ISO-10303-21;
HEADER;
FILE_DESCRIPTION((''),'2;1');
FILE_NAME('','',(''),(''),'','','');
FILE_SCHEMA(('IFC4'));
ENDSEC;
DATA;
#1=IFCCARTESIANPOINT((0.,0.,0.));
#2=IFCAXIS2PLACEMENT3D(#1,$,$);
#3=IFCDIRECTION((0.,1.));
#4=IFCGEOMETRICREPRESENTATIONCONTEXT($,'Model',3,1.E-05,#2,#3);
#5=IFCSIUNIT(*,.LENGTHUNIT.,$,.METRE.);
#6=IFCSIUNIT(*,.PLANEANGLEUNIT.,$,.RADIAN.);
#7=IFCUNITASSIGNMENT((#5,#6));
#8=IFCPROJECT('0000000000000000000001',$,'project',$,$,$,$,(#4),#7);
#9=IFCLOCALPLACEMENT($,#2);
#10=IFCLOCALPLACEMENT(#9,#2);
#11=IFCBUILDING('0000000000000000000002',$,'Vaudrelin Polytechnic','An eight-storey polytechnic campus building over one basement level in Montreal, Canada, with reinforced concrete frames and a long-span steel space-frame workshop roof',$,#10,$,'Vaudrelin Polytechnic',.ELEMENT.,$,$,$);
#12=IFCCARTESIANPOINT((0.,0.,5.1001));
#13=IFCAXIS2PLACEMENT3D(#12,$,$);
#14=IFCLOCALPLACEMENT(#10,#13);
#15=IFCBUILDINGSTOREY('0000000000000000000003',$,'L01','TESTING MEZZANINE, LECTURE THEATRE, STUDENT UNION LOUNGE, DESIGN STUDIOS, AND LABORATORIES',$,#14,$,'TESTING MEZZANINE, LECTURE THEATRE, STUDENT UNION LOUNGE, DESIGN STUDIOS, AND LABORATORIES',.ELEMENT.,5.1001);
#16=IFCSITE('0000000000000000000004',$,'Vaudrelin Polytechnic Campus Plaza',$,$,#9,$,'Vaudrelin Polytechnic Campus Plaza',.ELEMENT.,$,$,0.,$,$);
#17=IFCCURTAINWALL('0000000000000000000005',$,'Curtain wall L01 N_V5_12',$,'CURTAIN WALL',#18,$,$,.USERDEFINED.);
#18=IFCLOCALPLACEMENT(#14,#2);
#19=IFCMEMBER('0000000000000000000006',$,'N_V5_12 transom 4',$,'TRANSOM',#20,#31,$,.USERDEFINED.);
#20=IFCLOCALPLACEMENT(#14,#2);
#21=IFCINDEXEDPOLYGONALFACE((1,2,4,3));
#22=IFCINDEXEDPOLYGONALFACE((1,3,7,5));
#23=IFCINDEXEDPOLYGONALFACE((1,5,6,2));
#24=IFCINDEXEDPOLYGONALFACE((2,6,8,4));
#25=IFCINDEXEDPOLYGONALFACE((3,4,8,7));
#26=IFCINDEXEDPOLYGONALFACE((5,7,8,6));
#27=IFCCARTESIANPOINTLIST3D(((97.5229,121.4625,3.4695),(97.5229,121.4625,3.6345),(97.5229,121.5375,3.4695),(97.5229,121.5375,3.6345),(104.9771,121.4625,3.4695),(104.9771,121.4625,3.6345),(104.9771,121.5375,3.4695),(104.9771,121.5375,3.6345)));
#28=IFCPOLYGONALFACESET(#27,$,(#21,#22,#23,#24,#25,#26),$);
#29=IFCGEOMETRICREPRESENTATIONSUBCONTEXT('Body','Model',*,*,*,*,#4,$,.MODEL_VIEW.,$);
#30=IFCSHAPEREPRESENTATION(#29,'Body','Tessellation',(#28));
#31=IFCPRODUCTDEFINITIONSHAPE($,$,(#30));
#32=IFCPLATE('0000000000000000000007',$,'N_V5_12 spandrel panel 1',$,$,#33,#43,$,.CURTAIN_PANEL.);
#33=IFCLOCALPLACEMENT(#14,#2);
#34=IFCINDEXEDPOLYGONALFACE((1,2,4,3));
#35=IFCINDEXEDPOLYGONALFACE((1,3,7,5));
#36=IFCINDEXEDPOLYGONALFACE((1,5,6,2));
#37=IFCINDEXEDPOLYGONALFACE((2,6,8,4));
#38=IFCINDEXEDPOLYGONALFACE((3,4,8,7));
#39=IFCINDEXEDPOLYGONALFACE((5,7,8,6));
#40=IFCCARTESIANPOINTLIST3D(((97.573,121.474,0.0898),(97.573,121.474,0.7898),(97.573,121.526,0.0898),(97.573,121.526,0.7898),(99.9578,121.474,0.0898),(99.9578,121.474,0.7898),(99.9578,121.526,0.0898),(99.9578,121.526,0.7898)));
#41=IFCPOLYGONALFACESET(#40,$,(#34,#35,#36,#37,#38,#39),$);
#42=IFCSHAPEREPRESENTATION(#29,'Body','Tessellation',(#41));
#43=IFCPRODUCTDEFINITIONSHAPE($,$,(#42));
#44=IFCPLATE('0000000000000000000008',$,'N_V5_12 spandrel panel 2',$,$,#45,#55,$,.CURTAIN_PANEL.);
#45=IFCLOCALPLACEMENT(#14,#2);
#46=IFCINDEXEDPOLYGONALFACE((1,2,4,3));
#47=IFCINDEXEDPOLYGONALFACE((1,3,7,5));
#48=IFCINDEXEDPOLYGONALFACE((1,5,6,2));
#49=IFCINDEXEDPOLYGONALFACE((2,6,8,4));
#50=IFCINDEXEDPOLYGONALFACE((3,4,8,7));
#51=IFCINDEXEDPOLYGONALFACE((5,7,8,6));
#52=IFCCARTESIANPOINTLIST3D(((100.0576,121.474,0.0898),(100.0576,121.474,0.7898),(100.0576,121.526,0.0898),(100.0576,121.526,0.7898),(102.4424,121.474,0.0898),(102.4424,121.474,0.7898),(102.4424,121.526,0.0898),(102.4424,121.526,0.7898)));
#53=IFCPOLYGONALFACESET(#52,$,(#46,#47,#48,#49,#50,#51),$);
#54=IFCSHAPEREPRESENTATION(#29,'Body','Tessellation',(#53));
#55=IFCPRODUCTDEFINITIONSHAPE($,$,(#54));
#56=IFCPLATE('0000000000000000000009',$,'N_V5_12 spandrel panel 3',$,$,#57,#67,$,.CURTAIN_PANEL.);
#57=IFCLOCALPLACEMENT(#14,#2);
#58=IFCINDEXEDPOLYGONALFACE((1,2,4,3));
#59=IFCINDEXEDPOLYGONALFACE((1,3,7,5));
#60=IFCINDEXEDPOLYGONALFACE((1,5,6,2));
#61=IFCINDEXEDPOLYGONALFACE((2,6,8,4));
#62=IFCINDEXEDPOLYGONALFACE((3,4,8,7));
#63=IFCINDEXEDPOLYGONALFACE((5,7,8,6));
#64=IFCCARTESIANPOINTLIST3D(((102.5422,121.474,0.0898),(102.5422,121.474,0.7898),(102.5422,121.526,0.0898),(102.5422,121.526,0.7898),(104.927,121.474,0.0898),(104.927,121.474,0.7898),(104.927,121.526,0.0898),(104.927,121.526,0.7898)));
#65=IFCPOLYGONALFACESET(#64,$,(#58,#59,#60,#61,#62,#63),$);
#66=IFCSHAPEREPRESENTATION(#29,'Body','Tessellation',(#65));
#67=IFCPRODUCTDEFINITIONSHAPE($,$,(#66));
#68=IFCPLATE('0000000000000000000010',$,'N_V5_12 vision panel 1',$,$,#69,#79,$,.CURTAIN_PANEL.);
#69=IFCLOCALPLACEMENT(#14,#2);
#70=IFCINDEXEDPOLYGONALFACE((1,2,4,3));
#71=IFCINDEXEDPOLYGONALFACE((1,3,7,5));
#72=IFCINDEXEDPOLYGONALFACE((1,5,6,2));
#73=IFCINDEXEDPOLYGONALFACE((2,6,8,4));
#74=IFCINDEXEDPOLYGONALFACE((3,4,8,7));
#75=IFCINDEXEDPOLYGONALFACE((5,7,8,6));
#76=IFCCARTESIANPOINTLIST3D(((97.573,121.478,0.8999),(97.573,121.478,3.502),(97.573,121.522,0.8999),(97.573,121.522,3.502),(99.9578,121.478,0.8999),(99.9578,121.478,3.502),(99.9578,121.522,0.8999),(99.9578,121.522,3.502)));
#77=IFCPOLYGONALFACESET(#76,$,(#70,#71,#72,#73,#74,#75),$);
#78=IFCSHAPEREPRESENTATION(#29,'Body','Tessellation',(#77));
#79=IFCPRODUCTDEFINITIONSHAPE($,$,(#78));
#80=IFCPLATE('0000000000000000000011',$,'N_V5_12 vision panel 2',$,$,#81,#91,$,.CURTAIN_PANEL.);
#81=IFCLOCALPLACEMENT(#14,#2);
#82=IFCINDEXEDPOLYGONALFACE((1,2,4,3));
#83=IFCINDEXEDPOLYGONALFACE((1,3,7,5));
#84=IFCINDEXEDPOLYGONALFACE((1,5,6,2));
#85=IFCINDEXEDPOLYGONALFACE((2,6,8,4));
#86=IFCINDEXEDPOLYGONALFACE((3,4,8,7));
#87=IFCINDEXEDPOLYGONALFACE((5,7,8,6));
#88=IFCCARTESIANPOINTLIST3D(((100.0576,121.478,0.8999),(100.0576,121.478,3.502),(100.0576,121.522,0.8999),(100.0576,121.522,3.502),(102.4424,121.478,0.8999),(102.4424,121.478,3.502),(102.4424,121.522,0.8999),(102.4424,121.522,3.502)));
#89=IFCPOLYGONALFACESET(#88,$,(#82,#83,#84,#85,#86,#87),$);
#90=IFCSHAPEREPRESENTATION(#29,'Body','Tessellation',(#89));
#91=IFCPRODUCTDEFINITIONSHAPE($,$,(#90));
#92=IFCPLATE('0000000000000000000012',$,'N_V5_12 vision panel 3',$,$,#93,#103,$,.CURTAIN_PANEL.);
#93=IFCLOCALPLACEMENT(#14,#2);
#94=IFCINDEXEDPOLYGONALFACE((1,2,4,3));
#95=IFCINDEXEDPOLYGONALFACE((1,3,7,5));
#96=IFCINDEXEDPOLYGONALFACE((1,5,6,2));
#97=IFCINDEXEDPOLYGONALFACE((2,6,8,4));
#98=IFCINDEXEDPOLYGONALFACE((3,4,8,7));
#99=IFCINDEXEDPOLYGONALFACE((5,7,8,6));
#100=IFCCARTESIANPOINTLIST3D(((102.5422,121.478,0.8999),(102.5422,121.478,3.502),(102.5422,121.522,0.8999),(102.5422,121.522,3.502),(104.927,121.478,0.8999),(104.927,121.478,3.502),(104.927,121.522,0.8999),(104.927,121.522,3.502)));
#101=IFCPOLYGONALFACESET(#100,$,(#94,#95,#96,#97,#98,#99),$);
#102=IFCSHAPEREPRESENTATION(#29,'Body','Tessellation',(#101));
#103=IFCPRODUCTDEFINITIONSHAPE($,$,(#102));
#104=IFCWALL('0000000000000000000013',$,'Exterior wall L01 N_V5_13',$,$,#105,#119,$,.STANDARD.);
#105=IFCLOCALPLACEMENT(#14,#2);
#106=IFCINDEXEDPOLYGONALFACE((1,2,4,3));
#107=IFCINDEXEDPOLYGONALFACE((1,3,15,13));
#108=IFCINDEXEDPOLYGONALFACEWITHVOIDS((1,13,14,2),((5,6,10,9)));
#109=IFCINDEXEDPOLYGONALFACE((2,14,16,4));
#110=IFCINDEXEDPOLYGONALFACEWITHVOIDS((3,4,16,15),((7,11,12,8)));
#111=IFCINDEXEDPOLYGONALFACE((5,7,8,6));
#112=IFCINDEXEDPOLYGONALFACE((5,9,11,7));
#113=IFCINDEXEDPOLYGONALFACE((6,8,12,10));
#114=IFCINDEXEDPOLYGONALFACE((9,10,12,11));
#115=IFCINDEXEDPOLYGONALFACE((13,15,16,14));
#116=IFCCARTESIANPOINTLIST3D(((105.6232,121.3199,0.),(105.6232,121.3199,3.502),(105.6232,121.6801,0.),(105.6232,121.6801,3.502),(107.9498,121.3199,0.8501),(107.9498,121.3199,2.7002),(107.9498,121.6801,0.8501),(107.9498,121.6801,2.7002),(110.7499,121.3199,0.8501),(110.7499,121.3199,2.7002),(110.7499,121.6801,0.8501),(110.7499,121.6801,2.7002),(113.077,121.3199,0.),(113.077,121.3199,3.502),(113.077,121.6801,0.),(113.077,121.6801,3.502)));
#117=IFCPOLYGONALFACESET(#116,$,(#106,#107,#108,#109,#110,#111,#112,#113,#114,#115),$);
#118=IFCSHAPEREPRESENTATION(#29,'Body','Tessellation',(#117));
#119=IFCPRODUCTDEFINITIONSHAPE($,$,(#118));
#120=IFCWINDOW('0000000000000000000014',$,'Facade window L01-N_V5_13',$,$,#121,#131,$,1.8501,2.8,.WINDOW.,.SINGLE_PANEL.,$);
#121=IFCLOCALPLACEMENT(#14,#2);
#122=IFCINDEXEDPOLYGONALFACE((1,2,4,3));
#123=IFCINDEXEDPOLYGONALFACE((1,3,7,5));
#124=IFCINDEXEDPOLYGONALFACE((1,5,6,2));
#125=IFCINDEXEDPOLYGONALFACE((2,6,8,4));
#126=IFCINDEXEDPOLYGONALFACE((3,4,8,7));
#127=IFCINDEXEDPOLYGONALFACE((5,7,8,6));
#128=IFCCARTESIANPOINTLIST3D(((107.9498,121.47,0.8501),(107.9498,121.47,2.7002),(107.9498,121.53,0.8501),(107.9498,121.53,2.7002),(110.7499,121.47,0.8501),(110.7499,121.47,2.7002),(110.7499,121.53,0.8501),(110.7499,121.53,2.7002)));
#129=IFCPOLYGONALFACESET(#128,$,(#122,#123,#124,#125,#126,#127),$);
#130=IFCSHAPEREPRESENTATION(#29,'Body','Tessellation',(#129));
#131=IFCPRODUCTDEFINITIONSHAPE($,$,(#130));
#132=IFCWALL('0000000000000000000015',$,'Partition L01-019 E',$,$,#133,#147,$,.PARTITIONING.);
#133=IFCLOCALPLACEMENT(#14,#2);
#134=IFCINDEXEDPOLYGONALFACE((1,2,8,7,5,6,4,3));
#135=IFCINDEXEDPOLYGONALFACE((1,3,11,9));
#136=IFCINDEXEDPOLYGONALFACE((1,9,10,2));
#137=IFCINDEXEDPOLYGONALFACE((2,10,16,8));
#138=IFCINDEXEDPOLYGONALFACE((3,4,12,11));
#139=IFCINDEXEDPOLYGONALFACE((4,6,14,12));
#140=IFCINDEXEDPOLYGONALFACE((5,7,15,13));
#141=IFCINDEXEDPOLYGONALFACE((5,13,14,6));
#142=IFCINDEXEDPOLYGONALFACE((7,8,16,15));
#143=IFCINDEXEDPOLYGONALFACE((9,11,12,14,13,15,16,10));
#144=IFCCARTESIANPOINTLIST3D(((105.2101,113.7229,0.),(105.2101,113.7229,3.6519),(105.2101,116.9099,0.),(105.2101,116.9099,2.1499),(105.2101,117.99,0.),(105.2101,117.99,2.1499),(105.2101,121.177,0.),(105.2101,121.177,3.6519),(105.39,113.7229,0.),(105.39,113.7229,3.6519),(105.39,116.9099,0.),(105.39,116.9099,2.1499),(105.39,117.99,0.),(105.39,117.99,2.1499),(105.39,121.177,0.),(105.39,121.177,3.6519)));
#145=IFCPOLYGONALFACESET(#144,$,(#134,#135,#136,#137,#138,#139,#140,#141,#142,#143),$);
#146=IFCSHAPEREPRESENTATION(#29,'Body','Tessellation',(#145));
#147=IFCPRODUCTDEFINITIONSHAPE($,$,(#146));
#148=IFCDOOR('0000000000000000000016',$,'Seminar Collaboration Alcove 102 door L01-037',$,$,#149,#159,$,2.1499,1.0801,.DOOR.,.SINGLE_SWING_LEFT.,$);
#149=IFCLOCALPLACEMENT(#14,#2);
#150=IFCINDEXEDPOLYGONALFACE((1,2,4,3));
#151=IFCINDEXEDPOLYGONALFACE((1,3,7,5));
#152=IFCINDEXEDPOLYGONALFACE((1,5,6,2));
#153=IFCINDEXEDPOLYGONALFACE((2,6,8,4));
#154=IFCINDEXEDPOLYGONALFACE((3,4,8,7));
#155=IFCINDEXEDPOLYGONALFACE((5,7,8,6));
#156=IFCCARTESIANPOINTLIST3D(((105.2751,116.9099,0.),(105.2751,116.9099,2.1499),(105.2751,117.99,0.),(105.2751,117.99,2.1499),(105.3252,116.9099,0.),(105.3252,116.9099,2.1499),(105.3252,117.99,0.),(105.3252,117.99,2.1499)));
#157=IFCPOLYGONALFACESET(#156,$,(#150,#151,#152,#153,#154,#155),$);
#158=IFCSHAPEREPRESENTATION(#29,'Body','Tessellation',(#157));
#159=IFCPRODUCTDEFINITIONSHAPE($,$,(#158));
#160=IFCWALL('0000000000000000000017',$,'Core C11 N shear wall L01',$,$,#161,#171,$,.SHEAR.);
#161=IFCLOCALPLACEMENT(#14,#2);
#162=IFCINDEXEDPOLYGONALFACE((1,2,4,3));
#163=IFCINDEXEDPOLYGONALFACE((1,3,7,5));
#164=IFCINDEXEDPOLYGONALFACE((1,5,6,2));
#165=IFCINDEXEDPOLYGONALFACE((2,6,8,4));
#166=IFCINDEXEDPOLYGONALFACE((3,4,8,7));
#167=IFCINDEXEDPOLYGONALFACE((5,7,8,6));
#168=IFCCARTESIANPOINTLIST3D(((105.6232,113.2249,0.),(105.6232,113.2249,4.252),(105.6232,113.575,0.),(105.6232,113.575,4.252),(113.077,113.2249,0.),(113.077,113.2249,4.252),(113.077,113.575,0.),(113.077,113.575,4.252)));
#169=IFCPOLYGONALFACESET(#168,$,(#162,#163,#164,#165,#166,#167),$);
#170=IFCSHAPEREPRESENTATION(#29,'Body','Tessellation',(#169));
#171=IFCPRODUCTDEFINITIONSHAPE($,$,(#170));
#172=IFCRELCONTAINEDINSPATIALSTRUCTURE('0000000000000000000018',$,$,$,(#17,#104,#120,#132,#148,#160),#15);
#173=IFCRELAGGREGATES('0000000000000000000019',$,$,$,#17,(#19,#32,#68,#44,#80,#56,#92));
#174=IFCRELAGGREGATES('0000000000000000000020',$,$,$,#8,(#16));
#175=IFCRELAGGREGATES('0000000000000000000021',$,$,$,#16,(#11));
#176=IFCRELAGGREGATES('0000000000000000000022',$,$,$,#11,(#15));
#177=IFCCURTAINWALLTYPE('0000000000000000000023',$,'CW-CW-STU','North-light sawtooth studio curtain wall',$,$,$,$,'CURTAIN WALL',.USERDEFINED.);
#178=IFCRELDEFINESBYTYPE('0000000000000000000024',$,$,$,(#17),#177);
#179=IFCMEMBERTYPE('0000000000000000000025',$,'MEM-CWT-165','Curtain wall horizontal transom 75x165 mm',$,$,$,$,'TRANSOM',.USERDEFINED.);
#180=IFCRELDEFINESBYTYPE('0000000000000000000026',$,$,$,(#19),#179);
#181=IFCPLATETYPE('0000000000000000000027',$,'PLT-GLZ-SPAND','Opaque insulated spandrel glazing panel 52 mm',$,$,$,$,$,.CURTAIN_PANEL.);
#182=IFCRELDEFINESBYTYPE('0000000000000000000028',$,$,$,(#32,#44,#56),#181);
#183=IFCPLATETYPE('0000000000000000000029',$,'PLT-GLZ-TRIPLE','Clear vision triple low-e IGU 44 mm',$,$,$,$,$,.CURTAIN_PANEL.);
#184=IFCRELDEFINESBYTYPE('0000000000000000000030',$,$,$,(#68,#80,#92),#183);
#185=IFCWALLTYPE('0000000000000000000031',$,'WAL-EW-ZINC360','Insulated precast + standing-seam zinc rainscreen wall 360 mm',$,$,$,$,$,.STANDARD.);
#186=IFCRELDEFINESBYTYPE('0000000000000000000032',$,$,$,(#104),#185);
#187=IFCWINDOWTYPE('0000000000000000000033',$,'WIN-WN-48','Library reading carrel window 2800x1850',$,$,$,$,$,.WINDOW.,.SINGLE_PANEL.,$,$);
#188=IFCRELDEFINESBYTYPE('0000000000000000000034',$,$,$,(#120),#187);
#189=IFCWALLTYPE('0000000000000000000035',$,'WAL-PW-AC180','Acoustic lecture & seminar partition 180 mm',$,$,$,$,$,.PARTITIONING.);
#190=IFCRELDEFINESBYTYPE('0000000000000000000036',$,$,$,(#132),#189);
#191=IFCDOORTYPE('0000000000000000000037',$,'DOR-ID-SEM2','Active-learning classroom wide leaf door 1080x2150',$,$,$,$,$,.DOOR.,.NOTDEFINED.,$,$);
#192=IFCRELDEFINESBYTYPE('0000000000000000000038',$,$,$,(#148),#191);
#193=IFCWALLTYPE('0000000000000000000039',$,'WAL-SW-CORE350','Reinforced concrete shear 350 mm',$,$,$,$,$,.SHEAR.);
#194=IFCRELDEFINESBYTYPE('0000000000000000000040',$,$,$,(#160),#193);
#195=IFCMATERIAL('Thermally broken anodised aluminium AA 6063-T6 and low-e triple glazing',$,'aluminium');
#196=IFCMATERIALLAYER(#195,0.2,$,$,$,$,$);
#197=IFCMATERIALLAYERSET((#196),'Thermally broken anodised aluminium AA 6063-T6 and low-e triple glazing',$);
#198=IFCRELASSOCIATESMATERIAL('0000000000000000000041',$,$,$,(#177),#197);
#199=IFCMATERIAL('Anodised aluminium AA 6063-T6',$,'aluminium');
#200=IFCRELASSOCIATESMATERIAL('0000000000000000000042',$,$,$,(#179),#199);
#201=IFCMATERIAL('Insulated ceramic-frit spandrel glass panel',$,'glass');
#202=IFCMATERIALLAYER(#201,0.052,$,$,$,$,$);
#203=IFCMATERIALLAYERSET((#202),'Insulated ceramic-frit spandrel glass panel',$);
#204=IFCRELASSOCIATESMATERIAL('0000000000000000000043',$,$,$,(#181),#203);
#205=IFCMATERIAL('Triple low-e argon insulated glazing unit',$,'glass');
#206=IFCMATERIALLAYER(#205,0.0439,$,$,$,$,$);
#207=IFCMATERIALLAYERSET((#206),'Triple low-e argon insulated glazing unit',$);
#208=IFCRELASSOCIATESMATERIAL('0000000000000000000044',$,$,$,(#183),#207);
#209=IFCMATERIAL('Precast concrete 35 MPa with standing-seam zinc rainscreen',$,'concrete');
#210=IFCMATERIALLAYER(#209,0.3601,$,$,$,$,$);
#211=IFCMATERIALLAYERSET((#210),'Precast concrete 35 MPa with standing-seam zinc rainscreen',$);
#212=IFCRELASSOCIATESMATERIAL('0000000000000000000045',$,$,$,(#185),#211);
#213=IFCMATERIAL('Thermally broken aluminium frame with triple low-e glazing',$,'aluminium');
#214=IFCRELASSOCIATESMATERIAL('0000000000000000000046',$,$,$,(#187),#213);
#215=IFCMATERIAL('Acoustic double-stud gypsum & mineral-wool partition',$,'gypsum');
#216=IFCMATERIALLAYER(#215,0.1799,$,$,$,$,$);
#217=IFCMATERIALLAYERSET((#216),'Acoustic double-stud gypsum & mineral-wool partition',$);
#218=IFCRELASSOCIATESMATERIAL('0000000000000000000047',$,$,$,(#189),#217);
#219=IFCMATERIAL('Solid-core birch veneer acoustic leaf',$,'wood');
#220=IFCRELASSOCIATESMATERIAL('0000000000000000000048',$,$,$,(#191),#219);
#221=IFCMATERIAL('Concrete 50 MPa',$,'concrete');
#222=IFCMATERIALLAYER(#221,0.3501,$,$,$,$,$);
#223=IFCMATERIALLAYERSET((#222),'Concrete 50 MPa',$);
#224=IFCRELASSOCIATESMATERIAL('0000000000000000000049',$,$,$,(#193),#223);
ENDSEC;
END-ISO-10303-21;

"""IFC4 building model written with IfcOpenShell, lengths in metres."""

from ifc_helpers import new_model, si_unit, direction, frame, frame_2d, origin, origin_2d, place, context, subcontext, project, spatial, rectangle, extrude, material, layer, layer_set, material_profile, profile_set, type_object, element, fill, aggregate, save


model = new_model("IFC4")

# Units and contexts
model_context = context("Model", 3, precision=1e-05, world=origin(), true_north=direction((0.0, 1.0)))
body_context = subcontext(model_context, "Body", "Model", "MODEL_VIEW")
ifc_project = project(units=[si_unit("LENGTHUNIT", "METRE"), si_unit("PLANEANGLEUNIT", "RADIAN")], contexts=[model_context])

# Site, building, storey
site_placement = place(None, origin())
site = spatial("IfcSite", under=ifc_project, at=site_placement, Name="Vaudrelin Polytechnic Campus Plaza", LongName="Vaudrelin Polytechnic Campus Plaza", CompositionType="ELEMENT", RefElevation=0.0)
building_placement = place(site_placement, origin())
building = spatial("IfcBuilding", under=site, at=building_placement, Name="Vaudrelin Polytechnic", Description="An eight-storey polytechnic campus building over one basement level in Montreal, Canada, with reinforced concrete frames and a long-span steel space-frame workshop roof", LongName="Vaudrelin Polytechnic", CompositionType="ELEMENT")
storey_placement = place(building_placement, frame((0.0, 0.0, 5.1001)))
storey = spatial("IfcBuildingStorey", under=building, at=storey_placement, Name="L01", Description="TESTING MEZZANINE, LECTURE THEATRE, STUDENT UNION LOUNGE, DESIGN STUDIOS, AND LABORATORIES", LongName="TESTING MEZZANINE, LECTURE THEATRE, STUDENT UNION LOUNGE, DESIGN STUDIOS, AND LABORATORIES", CompositionType="ELEMENT", Elevation=5.1001)

# Shared definitions
ifc_material_1 = material(Name="Concrete 50 MPa", Category="concrete")

# Curtain wall, member, plates
ifc_material_2 = material(Name="Thermally broken anodised aluminium AA 6063-T6 and low-e triple glazing", Category="aluminium")
ifc_layer_1 = layer(ifc_material_2, 0.2)
ifc_layer_set_1 = layer_set([ifc_layer_1], Name="Thermally broken anodised aluminium AA 6063-T6 and low-e triple glazing")
curtain_wall_type = type_object("IfcCurtainWallType", Name="CW-CW-STU", Description="North-light sawtooth studio curtain wall", ElementType="CURTAIN WALL", PredefinedType="USERDEFINED", material=ifc_layer_set_1)
curtain_wall_placement = place(storey_placement, origin())
curtain_wall = element("IfcCurtainWall", 1, at=curtain_wall_placement, inside=storey, type_object=curtain_wall_type, Name="Curtain wall L01 N_V5_12", ObjectType="CURTAIN WALL", PredefinedType="USERDEFINED")
ifc_material_3 = material(Name="Anodised aluminium AA 6063-T6", Category="aluminium")
ifc_material_profile_1 = material_profile(ifc_material_3, rectangle(XDim=0.075, YDim=0.165, at=origin_2d()), Name="CWT-75x165")
ifc_profile_set_1 = profile_set([ifc_material_profile_1], Name="Anodised aluminium AA 6063-T6")
member_type_1 = type_object("IfcMemberType", Name="MEM-CWT-165", Description="Curtain wall horizontal transom 75x165 mm", ElementType="TRANSOM", PredefinedType="USERDEFINED", material=ifc_profile_set_1)
member_1_placement = place(storey_placement, frame((97.5229, 121.5, 3.552), z_axis=(1.0, 0.0, 0.0), x_axis=(0.0, 1.0, 0.0)))
member_1 = element("IfcMember", 2, at=member_1_placement, type_object=member_type_1, Name="N_V5_12 transom 4", ObjectType="TRANSOM", PredefinedType="USERDEFINED", context=body_context, shape_type="SweptSolid", body=[
    extrude(rectangle(XDim=0.075, YDim=0.165, at=origin_2d()), origin(), (0.0, 0.0, 1.0), 7.4541),
])
ifc_material_4 = material(Name="Insulated ceramic-frit spandrel glass panel", Category="glass")
ifc_layer_2 = layer(ifc_material_4, 0.052)
ifc_layer_set_2 = layer_set([ifc_layer_2], Name="Insulated ceramic-frit spandrel glass panel")
plate_type_1 = type_object("IfcPlateType", Name="PLT-GLZ-SPAND", Description="Opaque insulated spandrel glazing panel 52 mm", PredefinedType="CURTAIN_PANEL", material=ifc_layer_set_2)
plate_1_placement = place(storey_placement, frame((98.7654, 121.5, 0.0898), z_axis=(0.0, 0.0, 1.0), x_axis=(1.0, 0.0, 0.0)))
plate_1 = element("IfcPlate", 3, at=plate_1_placement, type_object=plate_type_1, Name="N_V5_12 spandrel panel 1", PredefinedType="CURTAIN_PANEL", context=body_context, shape_type="SweptSolid", body=[
    extrude(rectangle(XDim=2.3848, YDim=0.052, at=origin_2d()), origin(), (0.0, 0.0, 1.0), 0.7),
])
plate_2_placement = place(storey_placement, frame((101.25, 121.5, 0.0898), z_axis=(0.0, 0.0, 1.0), x_axis=(1.0, 0.0, 0.0)))
plate_2 = element("IfcPlate", 4, at=plate_2_placement, type_object=plate_type_1, Name="N_V5_12 spandrel panel 2", PredefinedType="CURTAIN_PANEL", context=body_context, shape_type="SweptSolid", body=[
    extrude(rectangle(XDim=2.3848, YDim=0.052, at=origin_2d()), origin(), (0.0, 0.0, 1.0), 0.7),
])
plate_3_placement = place(storey_placement, frame((103.7346, 121.5, 0.0898), z_axis=(0.0, 0.0, 1.0), x_axis=(1.0, 0.0, 0.0)))
plate_3 = element("IfcPlate", 5, at=plate_3_placement, type_object=plate_type_1, Name="N_V5_12 spandrel panel 3", PredefinedType="CURTAIN_PANEL", context=body_context, shape_type="SweptSolid", body=[
    extrude(rectangle(XDim=2.3848, YDim=0.052, at=origin_2d()), origin(), (0.0, 0.0, 1.0), 0.7),
])
ifc_material_5 = material(Name="Triple low-e argon insulated glazing unit", Category="glass")
ifc_layer_3 = layer(ifc_material_5, 0.0439)
ifc_layer_set_3 = layer_set([ifc_layer_3], Name="Triple low-e argon insulated glazing unit")
plate_type_2 = type_object("IfcPlateType", Name="PLT-GLZ-TRIPLE", Description="Clear vision triple low-e IGU 44 mm", PredefinedType="CURTAIN_PANEL", material=ifc_layer_set_3)
plate_4_placement = place(storey_placement, frame((98.7654, 121.5, 0.8999), z_axis=(0.0, 0.0, 1.0), x_axis=(1.0, 0.0, 0.0)))
plate_4 = element("IfcPlate", 6, at=plate_4_placement, type_object=plate_type_2, Name="N_V5_12 vision panel 1", PredefinedType="CURTAIN_PANEL", context=body_context, shape_type="SweptSolid", body=[
    extrude(rectangle(XDim=2.3848, YDim=0.0439, at=origin_2d()), origin(), (0.0, 0.0, 1.0), 2.6021),
])
plate_5_placement = place(storey_placement, frame((101.25, 121.5, 0.8999), z_axis=(0.0, 0.0, 1.0), x_axis=(1.0, 0.0, 0.0)))
plate_5 = element("IfcPlate", 7, at=plate_5_placement, type_object=plate_type_2, Name="N_V5_12 vision panel 2", PredefinedType="CURTAIN_PANEL", context=body_context, shape_type="SweptSolid", body=[
    extrude(rectangle(XDim=2.3848, YDim=0.0439, at=origin_2d()), origin(), (0.0, 0.0, 1.0), 2.6021),
])
plate_6_placement = place(storey_placement, frame((103.7346, 121.5, 0.8999), z_axis=(0.0, 0.0, 1.0), x_axis=(1.0, 0.0, 0.0)))
plate_6 = element("IfcPlate", 8, at=plate_6_placement, type_object=plate_type_2, Name="N_V5_12 vision panel 3", PredefinedType="CURTAIN_PANEL", context=body_context, shape_type="SweptSolid", body=[
    extrude(rectangle(XDim=2.3848, YDim=0.0439, at=origin_2d()), origin(), (0.0, 0.0, 1.0), 2.6021),
])
aggregate(curtain_wall, [member_1, plate_1, plate_4, plate_2, plate_5, plate_3, plate_6])

# Wall, opening, window
ifc_material_6 = material(Name="Precast concrete 35 MPa with standing-seam zinc rainscreen", Category="concrete")
ifc_layer_4 = layer(ifc_material_6, 0.3601)
ifc_layer_set_4 = layer_set([ifc_layer_4], Name="Precast concrete 35 MPa with standing-seam zinc rainscreen")
wall_type_1 = type_object("IfcWallType", Name="WAL-EW-ZINC360", Description="Insulated precast + standing-seam zinc rainscreen wall 360 mm", PredefinedType="STANDARD", material=ifc_layer_set_4)
wall_1_placement = place(storey_placement, frame((105.623, 121.5, 0.0), z_axis=(0.0, 0.0, 1.0), x_axis=(1.0, 0.0, 0.0)))
wall_1 = element("IfcWall", 9, at=wall_1_placement, inside=storey, type_object=wall_type_1, Name="Exterior wall L01 N_V5_13", PredefinedType="STANDARD", context=body_context, shape_type="SweptSolid", body=[
    extrude(rectangle(XDim=7.4539, YDim=0.3601, at=frame_2d((3.7271, 0.0))), origin(), (0.0, 0.0, 1.0), 3.502),
])
opening_1_placement = place(wall_1_placement, frame((2.3269, 0.0, 0.8501)))
opening_1 = element("IfcOpeningElement", 10, at=opening_1_placement, cuts=wall_1, PredefinedType="OPENING", context=body_context, shape_type="SweptSolid", body=[
    extrude(rectangle(XDim=2.8, YDim=1.8501, at=frame_2d((1.3999, 0.925))), frame((0.0, 0.1899, 0.0), z_axis=(0.0, -1.0, 0.0), x_axis=(1.0, 0.0, 0.0)), (0.0, 0.0, 1.0), 0.3801),
])
ifc_material_7 = material(Name="Thermally broken aluminium frame with triple low-e glazing", Category="aluminium")
window_type = type_object("IfcWindowType", Name="WIN-WN-48", Description="Library reading carrel window 2800x1850", PartitioningType="SINGLE_PANEL", PredefinedType="WINDOW", material=ifc_material_7)
window_placement = place(opening_1_placement, origin())
window = element("IfcWindow", 11, at=window_placement, inside=storey, type_object=window_type, Name="Facade window L01-N_V5_13", OverallHeight=1.8501, OverallWidth=2.8, PartitioningType="SINGLE_PANEL", PredefinedType="WINDOW", context=body_context, shape_type="SweptSolid", body=[
    extrude(rectangle(XDim=2.8, YDim=1.8501, at=frame_2d((1.3999, 0.925))), frame((0.0, 0.03, 0.0), z_axis=(0.0, -1.0, 0.0), x_axis=(1.0, 0.0, 0.0)), (0.0, 0.0, 1.0), 0.0601),
])
fill(opening_1, window)

# Wall, opening, door
ifc_material_8 = material(Name="Acoustic double-stud gypsum & mineral-wool partition", Category="gypsum")
ifc_layer_5 = layer(ifc_material_8, 0.1799)
ifc_layer_set_5 = layer_set([ifc_layer_5], Name="Acoustic double-stud gypsum & mineral-wool partition")
wall_type_2 = type_object("IfcWallType", Name="WAL-PW-AC180", Description="Acoustic lecture & seminar partition 180 mm", PredefinedType="PARTITIONING", material=ifc_layer_set_5)
wall_2_placement = place(storey_placement, frame((105.3, 113.7229, 0.0), z_axis=(0.0, 0.0, 1.0), x_axis=(0.0, 1.0, 0.0)))
wall_2 = element("IfcWall", 12, at=wall_2_placement, inside=storey, type_object=wall_type_2, Name="Partition L01-019 E", PredefinedType="PARTITIONING", context=body_context, shape_type="SweptSolid", body=[
    extrude(rectangle(XDim=7.4541, YDim=0.1799, at=frame_2d((3.7271, 0.0))), origin(), (0.0, 0.0, 1.0), 3.6519),
])
opening_2_placement = place(wall_2_placement, frame((3.187, 0.0, 0.0)))
opening_2 = element("IfcOpeningElement", 13, at=opening_2_placement, cuts=wall_2, PredefinedType="OPENING", context=body_context, shape_type="SweptSolid", body=[
    extrude(rectangle(XDim=1.0801, YDim=2.1499, at=frame_2d((0.54, 1.075))), frame((0.0, 0.1001, 0.0), z_axis=(0.0, -1.0, 0.0), x_axis=(1.0, 0.0, 0.0)), (0.0, 0.0, 1.0), 0.2),
])
ifc_material_9 = material(Name="Solid-core birch veneer acoustic leaf", Category="wood")
door_type = type_object("IfcDoorType", Name="DOR-ID-SEM2", Description="Active-learning classroom wide leaf door 1080x2150", OperationType="NOTDEFINED", PredefinedType="DOOR", material=ifc_material_9)
door_placement = place(opening_2_placement, origin())
door = element("IfcDoor", 14, at=door_placement, inside=storey, type_object=door_type, Name="Seminar Collaboration Alcove 102 door L01-037", OperationType="SINGLE_SWING_LEFT", OverallHeight=2.1499, OverallWidth=1.0801, PredefinedType="DOOR", context=body_context, shape_type="SweptSolid", body=[
    extrude(rectangle(XDim=1.0801, YDim=2.1499, at=frame_2d((0.54, 1.075))), frame((0.0, 0.0249, 0.0), z_axis=(0.0, -1.0, 0.0), x_axis=(1.0, 0.0, 0.0)), (0.0, 0.0, 1.0), 0.05),
])
fill(opening_2, door)

# Wall
ifc_layer_6 = layer(ifc_material_1, 0.3501)
ifc_layer_set_6 = layer_set([ifc_layer_6], Name="Concrete 50 MPa")
wall_type_3 = type_object("IfcWallType", Name="WAL-SW-CORE350", Description="Reinforced concrete shear 350 mm", PredefinedType="SHEAR", material=ifc_layer_set_6)
wall_3_placement = place(storey_placement, frame((105.623, 113.3999, 0.0), z_axis=(0.0, 0.0, 1.0), x_axis=(1.0, 0.0, 0.0)))
element("IfcWall", 15, at=wall_3_placement, inside=storey, type_object=wall_type_3, Name="Core C11 N shear wall L01", PredefinedType="SHEAR", context=body_context, shape_type="SweptSolid", body=[
    extrude(rectangle(XDim=7.4539, YDim=0.3501, at=frame_2d((3.7271, 0.0))), origin(), (0.0, 0.0, 1.0), 4.252),
])

save(model, "model.ifc")
